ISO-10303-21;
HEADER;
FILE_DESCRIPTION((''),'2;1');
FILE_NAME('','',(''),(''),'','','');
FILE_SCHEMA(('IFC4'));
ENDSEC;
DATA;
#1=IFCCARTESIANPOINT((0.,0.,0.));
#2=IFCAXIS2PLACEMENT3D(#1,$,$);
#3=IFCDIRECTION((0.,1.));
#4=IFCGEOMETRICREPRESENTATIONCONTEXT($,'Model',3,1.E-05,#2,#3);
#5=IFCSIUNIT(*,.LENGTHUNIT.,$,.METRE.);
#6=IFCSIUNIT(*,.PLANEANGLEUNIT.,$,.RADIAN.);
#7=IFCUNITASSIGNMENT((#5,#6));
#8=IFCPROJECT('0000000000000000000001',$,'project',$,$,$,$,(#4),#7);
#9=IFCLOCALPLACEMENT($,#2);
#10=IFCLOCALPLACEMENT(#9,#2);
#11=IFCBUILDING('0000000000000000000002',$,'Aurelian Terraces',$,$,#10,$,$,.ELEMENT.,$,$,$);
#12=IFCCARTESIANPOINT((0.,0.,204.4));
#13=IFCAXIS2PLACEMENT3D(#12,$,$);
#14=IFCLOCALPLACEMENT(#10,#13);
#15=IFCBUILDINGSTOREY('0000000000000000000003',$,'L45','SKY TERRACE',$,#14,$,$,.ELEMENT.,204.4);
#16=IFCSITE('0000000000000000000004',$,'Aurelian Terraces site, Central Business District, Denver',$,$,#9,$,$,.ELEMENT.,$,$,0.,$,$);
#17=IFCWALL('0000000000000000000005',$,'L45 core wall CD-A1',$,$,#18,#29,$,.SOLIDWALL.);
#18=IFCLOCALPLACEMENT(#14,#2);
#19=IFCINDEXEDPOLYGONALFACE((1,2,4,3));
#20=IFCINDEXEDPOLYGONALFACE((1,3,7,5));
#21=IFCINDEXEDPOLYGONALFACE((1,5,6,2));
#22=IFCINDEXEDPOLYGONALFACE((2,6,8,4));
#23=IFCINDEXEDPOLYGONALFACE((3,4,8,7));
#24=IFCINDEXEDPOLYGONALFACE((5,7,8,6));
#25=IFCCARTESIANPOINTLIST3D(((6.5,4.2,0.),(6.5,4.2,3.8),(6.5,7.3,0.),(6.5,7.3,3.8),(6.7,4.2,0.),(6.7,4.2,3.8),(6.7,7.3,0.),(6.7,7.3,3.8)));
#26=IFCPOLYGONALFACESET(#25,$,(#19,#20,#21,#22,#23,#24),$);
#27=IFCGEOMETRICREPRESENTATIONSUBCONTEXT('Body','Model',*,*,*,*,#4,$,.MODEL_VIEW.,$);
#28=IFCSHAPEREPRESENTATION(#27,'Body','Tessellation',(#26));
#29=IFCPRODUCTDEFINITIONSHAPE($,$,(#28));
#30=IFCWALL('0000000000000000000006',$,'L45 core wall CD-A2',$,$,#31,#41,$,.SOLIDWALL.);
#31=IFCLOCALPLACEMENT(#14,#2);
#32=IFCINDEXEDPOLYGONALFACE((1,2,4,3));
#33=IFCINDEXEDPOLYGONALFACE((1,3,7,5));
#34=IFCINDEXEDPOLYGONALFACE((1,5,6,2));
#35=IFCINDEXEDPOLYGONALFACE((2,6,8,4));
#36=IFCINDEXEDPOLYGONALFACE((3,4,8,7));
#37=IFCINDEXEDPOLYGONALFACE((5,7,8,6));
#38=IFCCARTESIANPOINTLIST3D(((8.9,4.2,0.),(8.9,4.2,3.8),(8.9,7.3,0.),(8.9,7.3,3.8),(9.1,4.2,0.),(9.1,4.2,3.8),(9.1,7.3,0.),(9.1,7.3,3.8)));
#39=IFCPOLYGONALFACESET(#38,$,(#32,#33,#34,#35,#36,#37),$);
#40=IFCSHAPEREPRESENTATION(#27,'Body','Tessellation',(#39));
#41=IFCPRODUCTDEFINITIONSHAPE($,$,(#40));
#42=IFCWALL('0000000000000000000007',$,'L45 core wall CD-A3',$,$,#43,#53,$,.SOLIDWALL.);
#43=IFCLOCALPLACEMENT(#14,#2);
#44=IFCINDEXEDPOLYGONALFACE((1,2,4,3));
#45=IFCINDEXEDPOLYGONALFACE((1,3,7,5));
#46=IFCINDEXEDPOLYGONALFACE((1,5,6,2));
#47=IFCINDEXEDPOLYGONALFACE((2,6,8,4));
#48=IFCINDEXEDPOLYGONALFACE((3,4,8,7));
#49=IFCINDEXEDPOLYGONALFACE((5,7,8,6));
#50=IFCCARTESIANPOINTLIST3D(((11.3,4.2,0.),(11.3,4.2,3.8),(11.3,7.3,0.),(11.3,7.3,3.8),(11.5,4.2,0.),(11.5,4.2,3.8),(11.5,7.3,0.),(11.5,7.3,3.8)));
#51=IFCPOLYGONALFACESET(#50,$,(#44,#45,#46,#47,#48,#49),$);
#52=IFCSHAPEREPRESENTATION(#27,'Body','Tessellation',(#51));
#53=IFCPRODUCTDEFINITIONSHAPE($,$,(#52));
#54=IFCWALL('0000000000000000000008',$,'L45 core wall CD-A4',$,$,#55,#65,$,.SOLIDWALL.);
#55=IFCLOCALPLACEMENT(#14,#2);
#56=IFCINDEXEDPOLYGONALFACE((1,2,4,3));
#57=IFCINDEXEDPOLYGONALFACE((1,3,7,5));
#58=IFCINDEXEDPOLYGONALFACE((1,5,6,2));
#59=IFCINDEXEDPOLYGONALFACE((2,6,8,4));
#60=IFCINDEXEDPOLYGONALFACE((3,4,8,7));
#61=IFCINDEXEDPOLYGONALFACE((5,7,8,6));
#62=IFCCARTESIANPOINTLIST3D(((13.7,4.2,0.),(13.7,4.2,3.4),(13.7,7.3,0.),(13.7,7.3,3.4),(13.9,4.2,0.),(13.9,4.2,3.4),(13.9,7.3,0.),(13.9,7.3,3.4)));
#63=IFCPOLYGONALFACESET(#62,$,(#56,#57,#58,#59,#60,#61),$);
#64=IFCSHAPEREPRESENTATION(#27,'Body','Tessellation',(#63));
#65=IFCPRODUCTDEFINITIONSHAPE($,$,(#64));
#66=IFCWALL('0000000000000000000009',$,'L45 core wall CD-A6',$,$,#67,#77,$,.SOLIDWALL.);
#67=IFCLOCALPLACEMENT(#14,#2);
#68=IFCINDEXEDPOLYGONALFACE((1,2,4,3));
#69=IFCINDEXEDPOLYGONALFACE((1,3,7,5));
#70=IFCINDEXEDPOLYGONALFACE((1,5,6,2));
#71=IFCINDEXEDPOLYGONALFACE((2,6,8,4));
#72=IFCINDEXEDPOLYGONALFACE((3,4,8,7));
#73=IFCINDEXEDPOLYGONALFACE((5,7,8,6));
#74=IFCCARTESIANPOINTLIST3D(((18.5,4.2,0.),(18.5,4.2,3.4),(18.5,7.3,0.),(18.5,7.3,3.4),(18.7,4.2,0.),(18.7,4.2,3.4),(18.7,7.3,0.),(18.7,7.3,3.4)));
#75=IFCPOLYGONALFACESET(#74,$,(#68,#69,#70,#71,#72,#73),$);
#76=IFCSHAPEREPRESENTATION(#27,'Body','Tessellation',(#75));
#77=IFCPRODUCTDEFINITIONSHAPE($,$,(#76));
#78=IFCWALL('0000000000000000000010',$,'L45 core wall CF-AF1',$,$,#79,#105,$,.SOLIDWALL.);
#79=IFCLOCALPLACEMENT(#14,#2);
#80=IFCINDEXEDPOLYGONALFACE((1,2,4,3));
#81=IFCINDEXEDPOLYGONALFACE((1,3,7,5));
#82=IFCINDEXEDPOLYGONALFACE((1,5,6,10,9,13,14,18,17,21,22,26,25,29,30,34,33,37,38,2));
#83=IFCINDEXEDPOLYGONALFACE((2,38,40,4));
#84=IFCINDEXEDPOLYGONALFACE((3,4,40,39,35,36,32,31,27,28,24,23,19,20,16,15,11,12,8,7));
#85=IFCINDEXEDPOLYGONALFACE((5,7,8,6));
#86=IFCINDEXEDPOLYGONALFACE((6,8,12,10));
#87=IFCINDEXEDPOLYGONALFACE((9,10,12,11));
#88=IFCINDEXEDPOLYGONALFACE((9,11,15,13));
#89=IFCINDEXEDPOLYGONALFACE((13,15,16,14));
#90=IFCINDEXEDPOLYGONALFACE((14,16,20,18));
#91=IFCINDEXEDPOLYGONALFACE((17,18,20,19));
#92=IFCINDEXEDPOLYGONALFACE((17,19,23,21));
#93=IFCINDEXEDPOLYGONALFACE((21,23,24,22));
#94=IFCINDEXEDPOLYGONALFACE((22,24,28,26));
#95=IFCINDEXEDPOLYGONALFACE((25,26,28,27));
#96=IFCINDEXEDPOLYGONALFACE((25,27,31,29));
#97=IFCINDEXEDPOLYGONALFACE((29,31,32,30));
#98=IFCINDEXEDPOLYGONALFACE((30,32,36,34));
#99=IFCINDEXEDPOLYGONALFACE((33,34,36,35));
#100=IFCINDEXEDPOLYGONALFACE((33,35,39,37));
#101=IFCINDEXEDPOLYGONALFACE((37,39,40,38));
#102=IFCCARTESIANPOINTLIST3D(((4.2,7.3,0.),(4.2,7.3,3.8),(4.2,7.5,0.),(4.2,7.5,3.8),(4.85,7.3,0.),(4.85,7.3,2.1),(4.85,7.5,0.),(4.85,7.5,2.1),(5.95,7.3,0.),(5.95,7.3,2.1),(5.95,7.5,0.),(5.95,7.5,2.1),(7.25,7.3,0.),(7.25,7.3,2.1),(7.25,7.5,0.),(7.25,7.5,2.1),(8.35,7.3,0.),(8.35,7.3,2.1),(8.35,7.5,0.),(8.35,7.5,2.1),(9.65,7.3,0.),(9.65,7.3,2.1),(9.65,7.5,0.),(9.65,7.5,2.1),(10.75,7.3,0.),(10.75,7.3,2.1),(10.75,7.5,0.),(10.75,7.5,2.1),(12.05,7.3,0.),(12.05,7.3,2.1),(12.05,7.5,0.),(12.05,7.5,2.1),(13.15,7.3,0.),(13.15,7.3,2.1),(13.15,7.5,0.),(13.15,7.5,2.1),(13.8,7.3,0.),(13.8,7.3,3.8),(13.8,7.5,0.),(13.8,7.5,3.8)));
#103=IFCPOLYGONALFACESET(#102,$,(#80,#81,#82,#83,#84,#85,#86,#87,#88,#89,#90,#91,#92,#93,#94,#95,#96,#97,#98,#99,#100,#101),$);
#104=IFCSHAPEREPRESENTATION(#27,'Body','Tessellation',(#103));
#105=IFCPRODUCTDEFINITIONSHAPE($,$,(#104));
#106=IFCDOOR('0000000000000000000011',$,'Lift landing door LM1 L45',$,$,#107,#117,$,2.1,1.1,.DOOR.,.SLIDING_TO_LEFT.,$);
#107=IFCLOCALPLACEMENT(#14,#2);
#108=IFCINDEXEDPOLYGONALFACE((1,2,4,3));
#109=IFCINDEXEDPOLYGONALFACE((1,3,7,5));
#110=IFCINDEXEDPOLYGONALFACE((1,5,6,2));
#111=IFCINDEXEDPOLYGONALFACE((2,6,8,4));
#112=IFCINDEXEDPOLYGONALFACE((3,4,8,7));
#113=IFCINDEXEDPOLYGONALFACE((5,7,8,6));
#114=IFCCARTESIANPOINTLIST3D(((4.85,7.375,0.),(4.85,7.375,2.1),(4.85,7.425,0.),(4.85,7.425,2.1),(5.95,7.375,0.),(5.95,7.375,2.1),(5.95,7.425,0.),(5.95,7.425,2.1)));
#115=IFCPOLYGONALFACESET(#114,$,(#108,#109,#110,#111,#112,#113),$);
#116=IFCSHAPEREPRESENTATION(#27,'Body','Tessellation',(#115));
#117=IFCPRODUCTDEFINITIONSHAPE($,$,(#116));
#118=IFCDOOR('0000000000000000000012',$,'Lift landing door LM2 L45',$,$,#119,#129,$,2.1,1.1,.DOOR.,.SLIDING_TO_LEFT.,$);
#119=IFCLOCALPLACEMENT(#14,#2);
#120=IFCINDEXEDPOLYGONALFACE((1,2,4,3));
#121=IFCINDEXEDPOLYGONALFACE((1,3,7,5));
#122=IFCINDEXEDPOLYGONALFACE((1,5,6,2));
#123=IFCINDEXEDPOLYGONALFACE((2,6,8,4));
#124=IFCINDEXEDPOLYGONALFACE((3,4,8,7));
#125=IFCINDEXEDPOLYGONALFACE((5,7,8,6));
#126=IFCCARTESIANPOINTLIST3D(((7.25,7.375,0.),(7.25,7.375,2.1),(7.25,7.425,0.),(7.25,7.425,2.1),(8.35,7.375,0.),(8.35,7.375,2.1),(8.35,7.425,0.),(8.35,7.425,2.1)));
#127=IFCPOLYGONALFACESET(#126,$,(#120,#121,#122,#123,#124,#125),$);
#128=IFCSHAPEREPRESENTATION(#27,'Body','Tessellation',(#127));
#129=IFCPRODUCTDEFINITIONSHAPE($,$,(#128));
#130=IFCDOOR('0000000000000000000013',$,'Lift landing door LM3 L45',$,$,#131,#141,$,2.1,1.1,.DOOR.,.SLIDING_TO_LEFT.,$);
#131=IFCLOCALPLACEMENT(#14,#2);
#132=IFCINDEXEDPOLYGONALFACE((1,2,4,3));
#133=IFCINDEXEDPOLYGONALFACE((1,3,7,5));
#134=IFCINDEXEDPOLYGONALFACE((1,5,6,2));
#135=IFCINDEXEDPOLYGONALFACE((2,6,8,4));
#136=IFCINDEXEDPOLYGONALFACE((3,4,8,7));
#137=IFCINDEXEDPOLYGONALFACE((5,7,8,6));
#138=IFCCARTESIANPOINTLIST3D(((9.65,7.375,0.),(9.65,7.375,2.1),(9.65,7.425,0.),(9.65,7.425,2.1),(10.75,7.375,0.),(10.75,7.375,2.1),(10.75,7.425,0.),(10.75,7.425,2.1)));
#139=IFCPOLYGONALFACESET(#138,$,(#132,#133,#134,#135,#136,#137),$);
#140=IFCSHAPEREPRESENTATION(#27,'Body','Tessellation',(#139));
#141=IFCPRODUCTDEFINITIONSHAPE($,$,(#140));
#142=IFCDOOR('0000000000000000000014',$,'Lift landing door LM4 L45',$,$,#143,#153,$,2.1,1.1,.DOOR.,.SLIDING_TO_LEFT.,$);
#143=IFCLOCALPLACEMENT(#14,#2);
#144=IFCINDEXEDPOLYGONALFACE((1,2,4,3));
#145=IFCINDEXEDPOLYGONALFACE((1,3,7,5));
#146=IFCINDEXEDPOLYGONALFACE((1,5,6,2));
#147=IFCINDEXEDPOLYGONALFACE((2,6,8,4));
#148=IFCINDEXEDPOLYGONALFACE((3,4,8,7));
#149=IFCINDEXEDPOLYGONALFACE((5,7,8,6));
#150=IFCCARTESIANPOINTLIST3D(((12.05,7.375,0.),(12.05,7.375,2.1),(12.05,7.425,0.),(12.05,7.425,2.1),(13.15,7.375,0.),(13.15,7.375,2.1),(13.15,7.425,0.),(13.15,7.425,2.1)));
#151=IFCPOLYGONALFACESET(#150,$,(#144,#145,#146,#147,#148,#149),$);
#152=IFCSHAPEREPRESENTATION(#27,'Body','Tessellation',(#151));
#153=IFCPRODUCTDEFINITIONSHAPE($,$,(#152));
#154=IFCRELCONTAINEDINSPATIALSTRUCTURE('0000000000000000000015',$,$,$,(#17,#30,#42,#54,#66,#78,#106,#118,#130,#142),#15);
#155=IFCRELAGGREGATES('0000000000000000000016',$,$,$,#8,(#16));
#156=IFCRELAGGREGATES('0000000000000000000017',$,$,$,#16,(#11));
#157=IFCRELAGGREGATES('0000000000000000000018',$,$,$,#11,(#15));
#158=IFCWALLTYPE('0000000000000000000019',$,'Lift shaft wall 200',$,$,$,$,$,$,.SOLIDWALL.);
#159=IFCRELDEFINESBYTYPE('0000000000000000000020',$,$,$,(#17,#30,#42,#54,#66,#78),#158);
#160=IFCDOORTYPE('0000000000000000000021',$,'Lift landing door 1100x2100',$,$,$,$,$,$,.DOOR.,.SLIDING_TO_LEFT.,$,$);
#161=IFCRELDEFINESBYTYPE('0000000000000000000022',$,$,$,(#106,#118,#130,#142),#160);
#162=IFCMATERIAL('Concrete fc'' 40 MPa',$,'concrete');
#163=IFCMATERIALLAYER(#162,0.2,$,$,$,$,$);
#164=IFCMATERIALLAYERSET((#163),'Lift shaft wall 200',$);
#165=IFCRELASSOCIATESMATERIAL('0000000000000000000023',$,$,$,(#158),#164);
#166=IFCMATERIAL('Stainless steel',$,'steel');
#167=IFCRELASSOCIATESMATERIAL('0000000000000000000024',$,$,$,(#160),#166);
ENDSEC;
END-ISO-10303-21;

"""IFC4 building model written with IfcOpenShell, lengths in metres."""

from ifc_helpers import new_model, si_unit, direction, frame, frame_2d, origin, place, context, subcontext, project, spatial, rectangle, extrude, source, transform, mapped, material, layer, layer_set, type_object, element, fill, save


model = new_model("IFC4")

# Units and contexts
model_context = context("Model", 3, precision=1e-05, world=origin(), true_north=direction((0.0, 1.0)))
body_context = subcontext(model_context, "Body", "Model", "MODEL_VIEW")
ifc_project = project(units=[si_unit("LENGTHUNIT", "METRE"), si_unit("PLANEANGLEUNIT", "RADIAN")], contexts=[model_context])

# Site, building, storey
site_placement = place(None, origin())
site = spatial("IfcSite", under=ifc_project, at=site_placement, Name="Aurelian Terraces site, Central Business District, Denver", CompositionType="ELEMENT", RefElevation=0.0)
building_placement = place(site_placement, origin())
building = spatial("IfcBuilding", under=site, at=building_placement, Name="Aurelian Terraces", CompositionType="ELEMENT")
storey_placement = place(building_placement, frame((0.0, 0.0, 204.4)))
storey = spatial("IfcBuildingStorey", under=building, at=storey_placement, Name="L45", Description="SKY TERRACE", CompositionType="ELEMENT", Elevation=204.4)

# Shared definitions
ifc_material_1 = material(Name="Concrete fc' 40 MPa", Category="concrete")

# Walls
ifc_layer_1 = layer(ifc_material_1, 0.2)
ifc_layer_set_1 = layer_set([ifc_layer_1], Name="Lift shaft wall 200")
wall_type_1 = type_object("IfcWallType", Name="Lift shaft wall 200", PredefinedType="SOLIDWALL", material=ifc_layer_set_1)
shared_shape_1 = source(origin(), body_context, "Body", "SweptSolid", [
    extrude(rectangle(XDim=3.1, YDim=0.2, at=frame_2d((1.55, 0.0))), origin(), (0.0, 0.0, 1.0), 3.8),
])
for number, where, z_axis, x_axis, name in (
    (1, (6.6, 4.2, 0.0), (0.0, 0.0, 1.0), (0.0, 1.0, 0.0), "L45 core wall CD-A1"),
    (2, (9.0, 4.2, 0.0), (0.0, 0.0, 1.0), (0.0, 1.0, 0.0), "L45 core wall CD-A2"),
    (3, (11.4, 4.2, 0.0), (0.0, 0.0, 1.0), (0.0, 1.0, 0.0), "L45 core wall CD-A3"),
):
    element("IfcWall", number, at=place(storey_placement, frame(where, z_axis=z_axis, x_axis=x_axis)), inside=storey, type_object=wall_type_1, Name=name, PredefinedType="SOLIDWALL", context=body_context, shape_type="MappedRepresentation", body=[
        mapped(shared_shape_1, transform((0.0, 0.0, 0.0), scale=1.0)),
    ])
shared_shape_2 = source(origin(), body_context, "Body", "SweptSolid", [
    extrude(rectangle(XDim=3.1, YDim=0.2, at=frame_2d((1.55, 0.0))), origin(), (0.0, 0.0, 1.0), 3.4),
])
for number, where, z_axis, x_axis, name in (
    (4, (13.8, 4.2, 0.0), (0.0, 0.0, 1.0), (0.0, 1.0, 0.0), "L45 core wall CD-A4"),
    (5, (18.6, 4.2, 0.0), (0.0, 0.0, 1.0), (0.0, 1.0, 0.0), "L45 core wall CD-A6"),
):
    element("IfcWall", number, at=place(storey_placement, frame(where, z_axis=z_axis, x_axis=x_axis)), inside=storey, type_object=wall_type_1, Name=name, PredefinedType="SOLIDWALL", context=body_context, shape_type="MappedRepresentation", body=[
        mapped(shared_shape_2, transform((0.0, 0.0, 0.0), scale=1.0)),
    ])

# Wall, openings, doors
shared_shape_3 = source(origin(), body_context, "Body", "SweptSolid", [
    extrude(rectangle(XDim=9.6, YDim=0.2, at=frame_2d((4.8, 0.0))), origin(), (0.0, 0.0, 1.0), 3.8),
])
wall_1_placement = place(storey_placement, frame((4.2, 7.4, 0.0), z_axis=(0.0, 0.0, 1.0), x_axis=(1.0, 0.0, 0.0)))
wall_1 = element("IfcWall", 6, at=wall_1_placement, inside=storey, type_object=wall_type_1, Name="L45 core wall CF-AF1", PredefinedType="SOLIDWALL", context=body_context, shape_type="MappedRepresentation", body=[
    mapped(shared_shape_3, transform((0.0, 0.0, 0.0), scale=1.0)),
])
shared_shape_4 = source(origin(), body_context, "Body", "SweptSolid", [
    extrude(rectangle(XDim=1.1, YDim=2.1, at=frame_2d((0.55, 1.05))), frame((0.0, 0.11, 0.0), z_axis=(0.0, -1.0, 0.0), x_axis=(1.0, 0.0, 0.0)), (0.0, 0.0, 1.0), 0.22),
])
opening_1_placement = place(wall_1_placement, frame((0.65, 0.0, 0.0)))
opening_1 = element("IfcOpeningElement", 7, at=opening_1_placement, cuts=wall_1, PredefinedType="OPENING", context=body_context, shape_type="MappedRepresentation", body=[
    mapped(shared_shape_4, transform((0.0, 0.0, 0.0), scale=1.0)),
])
opening_2_placement = place(wall_1_placement, frame((3.05, 0.0, 0.0)))
opening_2 = element("IfcOpeningElement", 8, at=opening_2_placement, cuts=wall_1, PredefinedType="OPENING", context=body_context, shape_type="MappedRepresentation", body=[
    mapped(shared_shape_4, transform((0.0, 0.0, 0.0), scale=1.0)),
])
opening_3_placement = place(wall_1_placement, frame((5.45, 0.0, 0.0)))
opening_3 = element("IfcOpeningElement", 9, at=opening_3_placement, cuts=wall_1, PredefinedType="OPENING", context=body_context, shape_type="MappedRepresentation", body=[
    mapped(shared_shape_4, transform((0.0, 0.0, 0.0), scale=1.0)),
])
opening_4_placement = place(wall_1_placement, frame((7.85, 0.0, 0.0)))
opening_4 = element("IfcOpeningElement", 10, at=opening_4_placement, cuts=wall_1, PredefinedType="OPENING", context=body_context, shape_type="MappedRepresentation", body=[
    mapped(shared_shape_4, transform((0.0, 0.0, 0.0), scale=1.0)),
])
ifc_material_2 = material(Name="Stainless steel", Category="steel")
door_type_1 = type_object("IfcDoorType", Name="Lift landing door 1100x2100", OperationType="SLIDING_TO_LEFT", PredefinedType="DOOR", material=ifc_material_2)
shared_shape_5 = source(origin(), body_context, "Body", "SweptSolid", [
    extrude(rectangle(XDim=1.1, YDim=2.1, at=frame_2d((0.55, 1.05))), frame((0.0, 0.025, 0.0), z_axis=(0.0, -1.0, 0.0), x_axis=(1.0, 0.0, 0.0)), (0.0, 0.0, 1.0), 0.05),
])
door_1_placement = place(opening_1_placement, origin())
door_1 = element("IfcDoor", 11, at=door_1_placement, inside=storey, type_object=door_type_1, Name="Lift landing door LM1 L45", OperationType="SLIDING_TO_LEFT", OverallHeight=2.1, OverallWidth=1.1, PredefinedType="DOOR", context=body_context, shape_type="MappedRepresentation", body=[
    mapped(shared_shape_5, transform((0.0, 0.0, 0.0), scale=1.0)),
])
fill(opening_1, door_1)
door_2_placement = place(opening_2_placement, origin())
door_2 = element("IfcDoor", 12, at=door_2_placement, inside=storey, type_object=door_type_1, Name="Lift landing door LM2 L45", OperationType="SLIDING_TO_LEFT", OverallHeight=2.1, OverallWidth=1.1, PredefinedType="DOOR", context=body_context, shape_type="MappedRepresentation", body=[
    mapped(shared_shape_5, transform((0.0, 0.0, 0.0), scale=1.0)),
])
fill(opening_2, door_2)
door_3_placement = place(opening_3_placement, origin())
door_3 = element("IfcDoor", 13, at=door_3_placement, inside=storey, type_object=door_type_1, Name="Lift landing door LM3 L45", OperationType="SLIDING_TO_LEFT", OverallHeight=2.1, OverallWidth=1.1, PredefinedType="DOOR", context=body_context, shape_type="MappedRepresentation", body=[
    mapped(shared_shape_5, transform((0.0, 0.0, 0.0), scale=1.0)),
])
fill(opening_3, door_3)
door_4_placement = place(opening_4_placement, origin())
door_4 = element("IfcDoor", 14, at=door_4_placement, inside=storey, type_object=door_type_1, Name="Lift landing door LM4 L45", OperationType="SLIDING_TO_LEFT", OverallHeight=2.1, OverallWidth=1.1, PredefinedType="DOOR", context=body_context, shape_type="MappedRepresentation", body=[
    mapped(shared_shape_5, transform((0.0, 0.0, 0.0), scale=1.0)),
])
fill(opening_4, door_4)

save(model, "model.ifc")
